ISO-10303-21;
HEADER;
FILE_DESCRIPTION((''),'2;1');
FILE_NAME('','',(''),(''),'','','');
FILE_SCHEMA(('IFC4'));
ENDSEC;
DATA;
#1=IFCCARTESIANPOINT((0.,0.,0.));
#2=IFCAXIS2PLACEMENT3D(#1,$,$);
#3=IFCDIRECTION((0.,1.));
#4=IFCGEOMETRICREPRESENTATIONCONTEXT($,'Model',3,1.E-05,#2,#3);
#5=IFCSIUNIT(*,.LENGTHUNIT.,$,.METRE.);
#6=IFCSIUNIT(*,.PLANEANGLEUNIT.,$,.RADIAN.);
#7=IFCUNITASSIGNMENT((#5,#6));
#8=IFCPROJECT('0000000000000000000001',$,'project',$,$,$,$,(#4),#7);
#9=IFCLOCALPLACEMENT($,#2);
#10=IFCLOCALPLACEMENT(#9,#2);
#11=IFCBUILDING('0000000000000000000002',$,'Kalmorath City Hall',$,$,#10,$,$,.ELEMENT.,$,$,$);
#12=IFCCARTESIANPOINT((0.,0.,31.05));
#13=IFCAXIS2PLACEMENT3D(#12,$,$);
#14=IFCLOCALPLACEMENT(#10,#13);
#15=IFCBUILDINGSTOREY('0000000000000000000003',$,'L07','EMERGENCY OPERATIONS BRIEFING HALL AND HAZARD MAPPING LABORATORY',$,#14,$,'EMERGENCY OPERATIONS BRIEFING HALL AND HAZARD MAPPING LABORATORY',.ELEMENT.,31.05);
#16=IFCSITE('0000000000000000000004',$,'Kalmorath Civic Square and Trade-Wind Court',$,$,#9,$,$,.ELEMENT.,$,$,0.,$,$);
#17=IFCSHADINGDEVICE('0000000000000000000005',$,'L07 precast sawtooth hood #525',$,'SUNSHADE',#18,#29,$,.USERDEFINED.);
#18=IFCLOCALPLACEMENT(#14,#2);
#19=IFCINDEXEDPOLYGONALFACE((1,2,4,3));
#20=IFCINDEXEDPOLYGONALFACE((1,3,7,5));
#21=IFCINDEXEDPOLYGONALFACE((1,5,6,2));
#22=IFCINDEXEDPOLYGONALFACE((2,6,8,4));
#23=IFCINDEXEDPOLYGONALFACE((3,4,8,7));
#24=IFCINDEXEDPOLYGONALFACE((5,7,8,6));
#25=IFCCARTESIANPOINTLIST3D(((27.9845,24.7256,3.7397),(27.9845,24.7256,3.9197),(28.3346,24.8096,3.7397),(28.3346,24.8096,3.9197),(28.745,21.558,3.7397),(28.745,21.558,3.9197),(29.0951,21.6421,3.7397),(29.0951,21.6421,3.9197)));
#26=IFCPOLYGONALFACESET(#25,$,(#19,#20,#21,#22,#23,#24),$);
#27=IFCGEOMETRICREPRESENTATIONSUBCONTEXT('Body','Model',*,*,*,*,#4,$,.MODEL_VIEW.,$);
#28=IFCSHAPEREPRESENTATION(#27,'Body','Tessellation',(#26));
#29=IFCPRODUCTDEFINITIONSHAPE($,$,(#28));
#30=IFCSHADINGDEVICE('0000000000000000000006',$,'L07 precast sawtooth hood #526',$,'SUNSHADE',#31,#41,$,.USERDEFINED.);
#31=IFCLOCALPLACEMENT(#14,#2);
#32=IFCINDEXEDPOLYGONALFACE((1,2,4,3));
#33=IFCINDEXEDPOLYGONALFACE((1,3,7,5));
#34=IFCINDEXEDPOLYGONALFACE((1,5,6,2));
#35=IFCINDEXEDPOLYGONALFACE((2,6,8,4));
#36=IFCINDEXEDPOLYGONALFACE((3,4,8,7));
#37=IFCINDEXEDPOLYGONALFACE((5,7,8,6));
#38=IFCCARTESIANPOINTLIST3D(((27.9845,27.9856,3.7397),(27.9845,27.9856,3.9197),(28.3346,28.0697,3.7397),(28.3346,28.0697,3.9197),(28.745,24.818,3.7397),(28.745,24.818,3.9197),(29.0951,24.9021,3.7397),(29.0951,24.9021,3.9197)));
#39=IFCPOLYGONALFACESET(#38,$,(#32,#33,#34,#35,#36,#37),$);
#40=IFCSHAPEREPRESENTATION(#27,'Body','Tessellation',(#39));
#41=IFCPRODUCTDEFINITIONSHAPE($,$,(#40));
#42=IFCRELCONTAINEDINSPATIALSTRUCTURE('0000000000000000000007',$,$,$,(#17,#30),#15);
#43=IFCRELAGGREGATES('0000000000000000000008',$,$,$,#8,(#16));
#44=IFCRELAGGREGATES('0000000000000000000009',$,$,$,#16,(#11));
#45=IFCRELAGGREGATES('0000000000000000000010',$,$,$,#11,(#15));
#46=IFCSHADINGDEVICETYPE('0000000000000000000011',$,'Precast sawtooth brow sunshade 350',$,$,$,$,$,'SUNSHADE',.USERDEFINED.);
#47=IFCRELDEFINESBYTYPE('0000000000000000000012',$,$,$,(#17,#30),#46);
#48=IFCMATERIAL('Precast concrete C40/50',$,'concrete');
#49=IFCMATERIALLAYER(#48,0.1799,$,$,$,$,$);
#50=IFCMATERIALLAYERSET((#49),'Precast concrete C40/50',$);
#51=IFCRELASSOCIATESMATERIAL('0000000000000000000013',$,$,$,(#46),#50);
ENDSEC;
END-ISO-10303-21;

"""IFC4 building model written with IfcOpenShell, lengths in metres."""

from ifc_helpers import new_model, si_unit, direction, frame, origin, origin_2d, place, context, subcontext, project, spatial, rectangle, extrude, material, layer, layer_set, type_object, element, save


model = new_model("IFC4")

# Units and contexts
model_context = context("Model", 3, precision=1e-05, world=origin(), true_north=direction((0.0, 1.0)))
body_context = subcontext(model_context, "Body", "Model", "MODEL_VIEW")
ifc_project = project(units=[si_unit("LENGTHUNIT", "METRE"), si_unit("PLANEANGLEUNIT", "RADIAN")], contexts=[model_context])

# Site, building, storey
site_placement = place(None, origin())
site = spatial("IfcSite", under=ifc_project, at=site_placement, Name="Kalmorath Civic Square and Trade-Wind Court", CompositionType="ELEMENT", RefElevation=0.0)
building_placement = place(site_placement, origin())
building = spatial("IfcBuilding", under=site, at=building_placement, Name="Kalmorath City Hall", CompositionType="ELEMENT")
storey_placement = place(building_placement, frame((0.0, 0.0, 31.05)))
storey = spatial("IfcBuildingStorey", under=building, at=storey_placement, Name="L07", Description="EMERGENCY OPERATIONS BRIEFING HALL AND HAZARD MAPPING LABORATORY", LongName="EMERGENCY OPERATIONS BRIEFING HALL AND HAZARD MAPPING LABORATORY", CompositionType="ELEMENT", Elevation=31.05)

# Shading devices
ifc_material_1 = material(Name="Precast concrete C40/50", Category="concrete")
ifc_layer_1 = layer(ifc_material_1, 0.1799)
ifc_layer_set_1 = layer_set([ifc_layer_1], Name="Precast concrete C40/50")
shading_device_type = type_object("IfcShadingDeviceType", Name="Precast sawtooth brow sunshade 350", ElementType="SUNSHADE", PredefinedType="USERDEFINED", material=ifc_layer_set_1)
for number, where, z_axis, x_axis, name in (
    (1, (28.5398, 23.1838, 3.7397), (0.0, 0.0, 1.0), (-0.233462, 0.972366, 0.0), "L07 precast sawtooth hood #525"),
    (2, (28.5398, 26.4438, 3.7397), (0.0, 0.0, 1.0), (-0.233462, 0.972366, 0.0), "L07 precast sawtooth hood #526"),
):
    element("IfcShadingDevice", number, at=place(storey_placement, frame(where, z_axis=z_axis, x_axis=x_axis)), inside=storey, type_object=shading_device_type, Name=name, ObjectType="SUNSHADE", PredefinedType="USERDEFINED", context=body_context, shape_type="SweptSolid", body=[
        extrude(rectangle(XDim=3.2576, YDim=0.3601, at=origin_2d()), origin(), (0.0, 0.0, 1.0), 0.1799),
    ])

save(model, "model.ifc")
